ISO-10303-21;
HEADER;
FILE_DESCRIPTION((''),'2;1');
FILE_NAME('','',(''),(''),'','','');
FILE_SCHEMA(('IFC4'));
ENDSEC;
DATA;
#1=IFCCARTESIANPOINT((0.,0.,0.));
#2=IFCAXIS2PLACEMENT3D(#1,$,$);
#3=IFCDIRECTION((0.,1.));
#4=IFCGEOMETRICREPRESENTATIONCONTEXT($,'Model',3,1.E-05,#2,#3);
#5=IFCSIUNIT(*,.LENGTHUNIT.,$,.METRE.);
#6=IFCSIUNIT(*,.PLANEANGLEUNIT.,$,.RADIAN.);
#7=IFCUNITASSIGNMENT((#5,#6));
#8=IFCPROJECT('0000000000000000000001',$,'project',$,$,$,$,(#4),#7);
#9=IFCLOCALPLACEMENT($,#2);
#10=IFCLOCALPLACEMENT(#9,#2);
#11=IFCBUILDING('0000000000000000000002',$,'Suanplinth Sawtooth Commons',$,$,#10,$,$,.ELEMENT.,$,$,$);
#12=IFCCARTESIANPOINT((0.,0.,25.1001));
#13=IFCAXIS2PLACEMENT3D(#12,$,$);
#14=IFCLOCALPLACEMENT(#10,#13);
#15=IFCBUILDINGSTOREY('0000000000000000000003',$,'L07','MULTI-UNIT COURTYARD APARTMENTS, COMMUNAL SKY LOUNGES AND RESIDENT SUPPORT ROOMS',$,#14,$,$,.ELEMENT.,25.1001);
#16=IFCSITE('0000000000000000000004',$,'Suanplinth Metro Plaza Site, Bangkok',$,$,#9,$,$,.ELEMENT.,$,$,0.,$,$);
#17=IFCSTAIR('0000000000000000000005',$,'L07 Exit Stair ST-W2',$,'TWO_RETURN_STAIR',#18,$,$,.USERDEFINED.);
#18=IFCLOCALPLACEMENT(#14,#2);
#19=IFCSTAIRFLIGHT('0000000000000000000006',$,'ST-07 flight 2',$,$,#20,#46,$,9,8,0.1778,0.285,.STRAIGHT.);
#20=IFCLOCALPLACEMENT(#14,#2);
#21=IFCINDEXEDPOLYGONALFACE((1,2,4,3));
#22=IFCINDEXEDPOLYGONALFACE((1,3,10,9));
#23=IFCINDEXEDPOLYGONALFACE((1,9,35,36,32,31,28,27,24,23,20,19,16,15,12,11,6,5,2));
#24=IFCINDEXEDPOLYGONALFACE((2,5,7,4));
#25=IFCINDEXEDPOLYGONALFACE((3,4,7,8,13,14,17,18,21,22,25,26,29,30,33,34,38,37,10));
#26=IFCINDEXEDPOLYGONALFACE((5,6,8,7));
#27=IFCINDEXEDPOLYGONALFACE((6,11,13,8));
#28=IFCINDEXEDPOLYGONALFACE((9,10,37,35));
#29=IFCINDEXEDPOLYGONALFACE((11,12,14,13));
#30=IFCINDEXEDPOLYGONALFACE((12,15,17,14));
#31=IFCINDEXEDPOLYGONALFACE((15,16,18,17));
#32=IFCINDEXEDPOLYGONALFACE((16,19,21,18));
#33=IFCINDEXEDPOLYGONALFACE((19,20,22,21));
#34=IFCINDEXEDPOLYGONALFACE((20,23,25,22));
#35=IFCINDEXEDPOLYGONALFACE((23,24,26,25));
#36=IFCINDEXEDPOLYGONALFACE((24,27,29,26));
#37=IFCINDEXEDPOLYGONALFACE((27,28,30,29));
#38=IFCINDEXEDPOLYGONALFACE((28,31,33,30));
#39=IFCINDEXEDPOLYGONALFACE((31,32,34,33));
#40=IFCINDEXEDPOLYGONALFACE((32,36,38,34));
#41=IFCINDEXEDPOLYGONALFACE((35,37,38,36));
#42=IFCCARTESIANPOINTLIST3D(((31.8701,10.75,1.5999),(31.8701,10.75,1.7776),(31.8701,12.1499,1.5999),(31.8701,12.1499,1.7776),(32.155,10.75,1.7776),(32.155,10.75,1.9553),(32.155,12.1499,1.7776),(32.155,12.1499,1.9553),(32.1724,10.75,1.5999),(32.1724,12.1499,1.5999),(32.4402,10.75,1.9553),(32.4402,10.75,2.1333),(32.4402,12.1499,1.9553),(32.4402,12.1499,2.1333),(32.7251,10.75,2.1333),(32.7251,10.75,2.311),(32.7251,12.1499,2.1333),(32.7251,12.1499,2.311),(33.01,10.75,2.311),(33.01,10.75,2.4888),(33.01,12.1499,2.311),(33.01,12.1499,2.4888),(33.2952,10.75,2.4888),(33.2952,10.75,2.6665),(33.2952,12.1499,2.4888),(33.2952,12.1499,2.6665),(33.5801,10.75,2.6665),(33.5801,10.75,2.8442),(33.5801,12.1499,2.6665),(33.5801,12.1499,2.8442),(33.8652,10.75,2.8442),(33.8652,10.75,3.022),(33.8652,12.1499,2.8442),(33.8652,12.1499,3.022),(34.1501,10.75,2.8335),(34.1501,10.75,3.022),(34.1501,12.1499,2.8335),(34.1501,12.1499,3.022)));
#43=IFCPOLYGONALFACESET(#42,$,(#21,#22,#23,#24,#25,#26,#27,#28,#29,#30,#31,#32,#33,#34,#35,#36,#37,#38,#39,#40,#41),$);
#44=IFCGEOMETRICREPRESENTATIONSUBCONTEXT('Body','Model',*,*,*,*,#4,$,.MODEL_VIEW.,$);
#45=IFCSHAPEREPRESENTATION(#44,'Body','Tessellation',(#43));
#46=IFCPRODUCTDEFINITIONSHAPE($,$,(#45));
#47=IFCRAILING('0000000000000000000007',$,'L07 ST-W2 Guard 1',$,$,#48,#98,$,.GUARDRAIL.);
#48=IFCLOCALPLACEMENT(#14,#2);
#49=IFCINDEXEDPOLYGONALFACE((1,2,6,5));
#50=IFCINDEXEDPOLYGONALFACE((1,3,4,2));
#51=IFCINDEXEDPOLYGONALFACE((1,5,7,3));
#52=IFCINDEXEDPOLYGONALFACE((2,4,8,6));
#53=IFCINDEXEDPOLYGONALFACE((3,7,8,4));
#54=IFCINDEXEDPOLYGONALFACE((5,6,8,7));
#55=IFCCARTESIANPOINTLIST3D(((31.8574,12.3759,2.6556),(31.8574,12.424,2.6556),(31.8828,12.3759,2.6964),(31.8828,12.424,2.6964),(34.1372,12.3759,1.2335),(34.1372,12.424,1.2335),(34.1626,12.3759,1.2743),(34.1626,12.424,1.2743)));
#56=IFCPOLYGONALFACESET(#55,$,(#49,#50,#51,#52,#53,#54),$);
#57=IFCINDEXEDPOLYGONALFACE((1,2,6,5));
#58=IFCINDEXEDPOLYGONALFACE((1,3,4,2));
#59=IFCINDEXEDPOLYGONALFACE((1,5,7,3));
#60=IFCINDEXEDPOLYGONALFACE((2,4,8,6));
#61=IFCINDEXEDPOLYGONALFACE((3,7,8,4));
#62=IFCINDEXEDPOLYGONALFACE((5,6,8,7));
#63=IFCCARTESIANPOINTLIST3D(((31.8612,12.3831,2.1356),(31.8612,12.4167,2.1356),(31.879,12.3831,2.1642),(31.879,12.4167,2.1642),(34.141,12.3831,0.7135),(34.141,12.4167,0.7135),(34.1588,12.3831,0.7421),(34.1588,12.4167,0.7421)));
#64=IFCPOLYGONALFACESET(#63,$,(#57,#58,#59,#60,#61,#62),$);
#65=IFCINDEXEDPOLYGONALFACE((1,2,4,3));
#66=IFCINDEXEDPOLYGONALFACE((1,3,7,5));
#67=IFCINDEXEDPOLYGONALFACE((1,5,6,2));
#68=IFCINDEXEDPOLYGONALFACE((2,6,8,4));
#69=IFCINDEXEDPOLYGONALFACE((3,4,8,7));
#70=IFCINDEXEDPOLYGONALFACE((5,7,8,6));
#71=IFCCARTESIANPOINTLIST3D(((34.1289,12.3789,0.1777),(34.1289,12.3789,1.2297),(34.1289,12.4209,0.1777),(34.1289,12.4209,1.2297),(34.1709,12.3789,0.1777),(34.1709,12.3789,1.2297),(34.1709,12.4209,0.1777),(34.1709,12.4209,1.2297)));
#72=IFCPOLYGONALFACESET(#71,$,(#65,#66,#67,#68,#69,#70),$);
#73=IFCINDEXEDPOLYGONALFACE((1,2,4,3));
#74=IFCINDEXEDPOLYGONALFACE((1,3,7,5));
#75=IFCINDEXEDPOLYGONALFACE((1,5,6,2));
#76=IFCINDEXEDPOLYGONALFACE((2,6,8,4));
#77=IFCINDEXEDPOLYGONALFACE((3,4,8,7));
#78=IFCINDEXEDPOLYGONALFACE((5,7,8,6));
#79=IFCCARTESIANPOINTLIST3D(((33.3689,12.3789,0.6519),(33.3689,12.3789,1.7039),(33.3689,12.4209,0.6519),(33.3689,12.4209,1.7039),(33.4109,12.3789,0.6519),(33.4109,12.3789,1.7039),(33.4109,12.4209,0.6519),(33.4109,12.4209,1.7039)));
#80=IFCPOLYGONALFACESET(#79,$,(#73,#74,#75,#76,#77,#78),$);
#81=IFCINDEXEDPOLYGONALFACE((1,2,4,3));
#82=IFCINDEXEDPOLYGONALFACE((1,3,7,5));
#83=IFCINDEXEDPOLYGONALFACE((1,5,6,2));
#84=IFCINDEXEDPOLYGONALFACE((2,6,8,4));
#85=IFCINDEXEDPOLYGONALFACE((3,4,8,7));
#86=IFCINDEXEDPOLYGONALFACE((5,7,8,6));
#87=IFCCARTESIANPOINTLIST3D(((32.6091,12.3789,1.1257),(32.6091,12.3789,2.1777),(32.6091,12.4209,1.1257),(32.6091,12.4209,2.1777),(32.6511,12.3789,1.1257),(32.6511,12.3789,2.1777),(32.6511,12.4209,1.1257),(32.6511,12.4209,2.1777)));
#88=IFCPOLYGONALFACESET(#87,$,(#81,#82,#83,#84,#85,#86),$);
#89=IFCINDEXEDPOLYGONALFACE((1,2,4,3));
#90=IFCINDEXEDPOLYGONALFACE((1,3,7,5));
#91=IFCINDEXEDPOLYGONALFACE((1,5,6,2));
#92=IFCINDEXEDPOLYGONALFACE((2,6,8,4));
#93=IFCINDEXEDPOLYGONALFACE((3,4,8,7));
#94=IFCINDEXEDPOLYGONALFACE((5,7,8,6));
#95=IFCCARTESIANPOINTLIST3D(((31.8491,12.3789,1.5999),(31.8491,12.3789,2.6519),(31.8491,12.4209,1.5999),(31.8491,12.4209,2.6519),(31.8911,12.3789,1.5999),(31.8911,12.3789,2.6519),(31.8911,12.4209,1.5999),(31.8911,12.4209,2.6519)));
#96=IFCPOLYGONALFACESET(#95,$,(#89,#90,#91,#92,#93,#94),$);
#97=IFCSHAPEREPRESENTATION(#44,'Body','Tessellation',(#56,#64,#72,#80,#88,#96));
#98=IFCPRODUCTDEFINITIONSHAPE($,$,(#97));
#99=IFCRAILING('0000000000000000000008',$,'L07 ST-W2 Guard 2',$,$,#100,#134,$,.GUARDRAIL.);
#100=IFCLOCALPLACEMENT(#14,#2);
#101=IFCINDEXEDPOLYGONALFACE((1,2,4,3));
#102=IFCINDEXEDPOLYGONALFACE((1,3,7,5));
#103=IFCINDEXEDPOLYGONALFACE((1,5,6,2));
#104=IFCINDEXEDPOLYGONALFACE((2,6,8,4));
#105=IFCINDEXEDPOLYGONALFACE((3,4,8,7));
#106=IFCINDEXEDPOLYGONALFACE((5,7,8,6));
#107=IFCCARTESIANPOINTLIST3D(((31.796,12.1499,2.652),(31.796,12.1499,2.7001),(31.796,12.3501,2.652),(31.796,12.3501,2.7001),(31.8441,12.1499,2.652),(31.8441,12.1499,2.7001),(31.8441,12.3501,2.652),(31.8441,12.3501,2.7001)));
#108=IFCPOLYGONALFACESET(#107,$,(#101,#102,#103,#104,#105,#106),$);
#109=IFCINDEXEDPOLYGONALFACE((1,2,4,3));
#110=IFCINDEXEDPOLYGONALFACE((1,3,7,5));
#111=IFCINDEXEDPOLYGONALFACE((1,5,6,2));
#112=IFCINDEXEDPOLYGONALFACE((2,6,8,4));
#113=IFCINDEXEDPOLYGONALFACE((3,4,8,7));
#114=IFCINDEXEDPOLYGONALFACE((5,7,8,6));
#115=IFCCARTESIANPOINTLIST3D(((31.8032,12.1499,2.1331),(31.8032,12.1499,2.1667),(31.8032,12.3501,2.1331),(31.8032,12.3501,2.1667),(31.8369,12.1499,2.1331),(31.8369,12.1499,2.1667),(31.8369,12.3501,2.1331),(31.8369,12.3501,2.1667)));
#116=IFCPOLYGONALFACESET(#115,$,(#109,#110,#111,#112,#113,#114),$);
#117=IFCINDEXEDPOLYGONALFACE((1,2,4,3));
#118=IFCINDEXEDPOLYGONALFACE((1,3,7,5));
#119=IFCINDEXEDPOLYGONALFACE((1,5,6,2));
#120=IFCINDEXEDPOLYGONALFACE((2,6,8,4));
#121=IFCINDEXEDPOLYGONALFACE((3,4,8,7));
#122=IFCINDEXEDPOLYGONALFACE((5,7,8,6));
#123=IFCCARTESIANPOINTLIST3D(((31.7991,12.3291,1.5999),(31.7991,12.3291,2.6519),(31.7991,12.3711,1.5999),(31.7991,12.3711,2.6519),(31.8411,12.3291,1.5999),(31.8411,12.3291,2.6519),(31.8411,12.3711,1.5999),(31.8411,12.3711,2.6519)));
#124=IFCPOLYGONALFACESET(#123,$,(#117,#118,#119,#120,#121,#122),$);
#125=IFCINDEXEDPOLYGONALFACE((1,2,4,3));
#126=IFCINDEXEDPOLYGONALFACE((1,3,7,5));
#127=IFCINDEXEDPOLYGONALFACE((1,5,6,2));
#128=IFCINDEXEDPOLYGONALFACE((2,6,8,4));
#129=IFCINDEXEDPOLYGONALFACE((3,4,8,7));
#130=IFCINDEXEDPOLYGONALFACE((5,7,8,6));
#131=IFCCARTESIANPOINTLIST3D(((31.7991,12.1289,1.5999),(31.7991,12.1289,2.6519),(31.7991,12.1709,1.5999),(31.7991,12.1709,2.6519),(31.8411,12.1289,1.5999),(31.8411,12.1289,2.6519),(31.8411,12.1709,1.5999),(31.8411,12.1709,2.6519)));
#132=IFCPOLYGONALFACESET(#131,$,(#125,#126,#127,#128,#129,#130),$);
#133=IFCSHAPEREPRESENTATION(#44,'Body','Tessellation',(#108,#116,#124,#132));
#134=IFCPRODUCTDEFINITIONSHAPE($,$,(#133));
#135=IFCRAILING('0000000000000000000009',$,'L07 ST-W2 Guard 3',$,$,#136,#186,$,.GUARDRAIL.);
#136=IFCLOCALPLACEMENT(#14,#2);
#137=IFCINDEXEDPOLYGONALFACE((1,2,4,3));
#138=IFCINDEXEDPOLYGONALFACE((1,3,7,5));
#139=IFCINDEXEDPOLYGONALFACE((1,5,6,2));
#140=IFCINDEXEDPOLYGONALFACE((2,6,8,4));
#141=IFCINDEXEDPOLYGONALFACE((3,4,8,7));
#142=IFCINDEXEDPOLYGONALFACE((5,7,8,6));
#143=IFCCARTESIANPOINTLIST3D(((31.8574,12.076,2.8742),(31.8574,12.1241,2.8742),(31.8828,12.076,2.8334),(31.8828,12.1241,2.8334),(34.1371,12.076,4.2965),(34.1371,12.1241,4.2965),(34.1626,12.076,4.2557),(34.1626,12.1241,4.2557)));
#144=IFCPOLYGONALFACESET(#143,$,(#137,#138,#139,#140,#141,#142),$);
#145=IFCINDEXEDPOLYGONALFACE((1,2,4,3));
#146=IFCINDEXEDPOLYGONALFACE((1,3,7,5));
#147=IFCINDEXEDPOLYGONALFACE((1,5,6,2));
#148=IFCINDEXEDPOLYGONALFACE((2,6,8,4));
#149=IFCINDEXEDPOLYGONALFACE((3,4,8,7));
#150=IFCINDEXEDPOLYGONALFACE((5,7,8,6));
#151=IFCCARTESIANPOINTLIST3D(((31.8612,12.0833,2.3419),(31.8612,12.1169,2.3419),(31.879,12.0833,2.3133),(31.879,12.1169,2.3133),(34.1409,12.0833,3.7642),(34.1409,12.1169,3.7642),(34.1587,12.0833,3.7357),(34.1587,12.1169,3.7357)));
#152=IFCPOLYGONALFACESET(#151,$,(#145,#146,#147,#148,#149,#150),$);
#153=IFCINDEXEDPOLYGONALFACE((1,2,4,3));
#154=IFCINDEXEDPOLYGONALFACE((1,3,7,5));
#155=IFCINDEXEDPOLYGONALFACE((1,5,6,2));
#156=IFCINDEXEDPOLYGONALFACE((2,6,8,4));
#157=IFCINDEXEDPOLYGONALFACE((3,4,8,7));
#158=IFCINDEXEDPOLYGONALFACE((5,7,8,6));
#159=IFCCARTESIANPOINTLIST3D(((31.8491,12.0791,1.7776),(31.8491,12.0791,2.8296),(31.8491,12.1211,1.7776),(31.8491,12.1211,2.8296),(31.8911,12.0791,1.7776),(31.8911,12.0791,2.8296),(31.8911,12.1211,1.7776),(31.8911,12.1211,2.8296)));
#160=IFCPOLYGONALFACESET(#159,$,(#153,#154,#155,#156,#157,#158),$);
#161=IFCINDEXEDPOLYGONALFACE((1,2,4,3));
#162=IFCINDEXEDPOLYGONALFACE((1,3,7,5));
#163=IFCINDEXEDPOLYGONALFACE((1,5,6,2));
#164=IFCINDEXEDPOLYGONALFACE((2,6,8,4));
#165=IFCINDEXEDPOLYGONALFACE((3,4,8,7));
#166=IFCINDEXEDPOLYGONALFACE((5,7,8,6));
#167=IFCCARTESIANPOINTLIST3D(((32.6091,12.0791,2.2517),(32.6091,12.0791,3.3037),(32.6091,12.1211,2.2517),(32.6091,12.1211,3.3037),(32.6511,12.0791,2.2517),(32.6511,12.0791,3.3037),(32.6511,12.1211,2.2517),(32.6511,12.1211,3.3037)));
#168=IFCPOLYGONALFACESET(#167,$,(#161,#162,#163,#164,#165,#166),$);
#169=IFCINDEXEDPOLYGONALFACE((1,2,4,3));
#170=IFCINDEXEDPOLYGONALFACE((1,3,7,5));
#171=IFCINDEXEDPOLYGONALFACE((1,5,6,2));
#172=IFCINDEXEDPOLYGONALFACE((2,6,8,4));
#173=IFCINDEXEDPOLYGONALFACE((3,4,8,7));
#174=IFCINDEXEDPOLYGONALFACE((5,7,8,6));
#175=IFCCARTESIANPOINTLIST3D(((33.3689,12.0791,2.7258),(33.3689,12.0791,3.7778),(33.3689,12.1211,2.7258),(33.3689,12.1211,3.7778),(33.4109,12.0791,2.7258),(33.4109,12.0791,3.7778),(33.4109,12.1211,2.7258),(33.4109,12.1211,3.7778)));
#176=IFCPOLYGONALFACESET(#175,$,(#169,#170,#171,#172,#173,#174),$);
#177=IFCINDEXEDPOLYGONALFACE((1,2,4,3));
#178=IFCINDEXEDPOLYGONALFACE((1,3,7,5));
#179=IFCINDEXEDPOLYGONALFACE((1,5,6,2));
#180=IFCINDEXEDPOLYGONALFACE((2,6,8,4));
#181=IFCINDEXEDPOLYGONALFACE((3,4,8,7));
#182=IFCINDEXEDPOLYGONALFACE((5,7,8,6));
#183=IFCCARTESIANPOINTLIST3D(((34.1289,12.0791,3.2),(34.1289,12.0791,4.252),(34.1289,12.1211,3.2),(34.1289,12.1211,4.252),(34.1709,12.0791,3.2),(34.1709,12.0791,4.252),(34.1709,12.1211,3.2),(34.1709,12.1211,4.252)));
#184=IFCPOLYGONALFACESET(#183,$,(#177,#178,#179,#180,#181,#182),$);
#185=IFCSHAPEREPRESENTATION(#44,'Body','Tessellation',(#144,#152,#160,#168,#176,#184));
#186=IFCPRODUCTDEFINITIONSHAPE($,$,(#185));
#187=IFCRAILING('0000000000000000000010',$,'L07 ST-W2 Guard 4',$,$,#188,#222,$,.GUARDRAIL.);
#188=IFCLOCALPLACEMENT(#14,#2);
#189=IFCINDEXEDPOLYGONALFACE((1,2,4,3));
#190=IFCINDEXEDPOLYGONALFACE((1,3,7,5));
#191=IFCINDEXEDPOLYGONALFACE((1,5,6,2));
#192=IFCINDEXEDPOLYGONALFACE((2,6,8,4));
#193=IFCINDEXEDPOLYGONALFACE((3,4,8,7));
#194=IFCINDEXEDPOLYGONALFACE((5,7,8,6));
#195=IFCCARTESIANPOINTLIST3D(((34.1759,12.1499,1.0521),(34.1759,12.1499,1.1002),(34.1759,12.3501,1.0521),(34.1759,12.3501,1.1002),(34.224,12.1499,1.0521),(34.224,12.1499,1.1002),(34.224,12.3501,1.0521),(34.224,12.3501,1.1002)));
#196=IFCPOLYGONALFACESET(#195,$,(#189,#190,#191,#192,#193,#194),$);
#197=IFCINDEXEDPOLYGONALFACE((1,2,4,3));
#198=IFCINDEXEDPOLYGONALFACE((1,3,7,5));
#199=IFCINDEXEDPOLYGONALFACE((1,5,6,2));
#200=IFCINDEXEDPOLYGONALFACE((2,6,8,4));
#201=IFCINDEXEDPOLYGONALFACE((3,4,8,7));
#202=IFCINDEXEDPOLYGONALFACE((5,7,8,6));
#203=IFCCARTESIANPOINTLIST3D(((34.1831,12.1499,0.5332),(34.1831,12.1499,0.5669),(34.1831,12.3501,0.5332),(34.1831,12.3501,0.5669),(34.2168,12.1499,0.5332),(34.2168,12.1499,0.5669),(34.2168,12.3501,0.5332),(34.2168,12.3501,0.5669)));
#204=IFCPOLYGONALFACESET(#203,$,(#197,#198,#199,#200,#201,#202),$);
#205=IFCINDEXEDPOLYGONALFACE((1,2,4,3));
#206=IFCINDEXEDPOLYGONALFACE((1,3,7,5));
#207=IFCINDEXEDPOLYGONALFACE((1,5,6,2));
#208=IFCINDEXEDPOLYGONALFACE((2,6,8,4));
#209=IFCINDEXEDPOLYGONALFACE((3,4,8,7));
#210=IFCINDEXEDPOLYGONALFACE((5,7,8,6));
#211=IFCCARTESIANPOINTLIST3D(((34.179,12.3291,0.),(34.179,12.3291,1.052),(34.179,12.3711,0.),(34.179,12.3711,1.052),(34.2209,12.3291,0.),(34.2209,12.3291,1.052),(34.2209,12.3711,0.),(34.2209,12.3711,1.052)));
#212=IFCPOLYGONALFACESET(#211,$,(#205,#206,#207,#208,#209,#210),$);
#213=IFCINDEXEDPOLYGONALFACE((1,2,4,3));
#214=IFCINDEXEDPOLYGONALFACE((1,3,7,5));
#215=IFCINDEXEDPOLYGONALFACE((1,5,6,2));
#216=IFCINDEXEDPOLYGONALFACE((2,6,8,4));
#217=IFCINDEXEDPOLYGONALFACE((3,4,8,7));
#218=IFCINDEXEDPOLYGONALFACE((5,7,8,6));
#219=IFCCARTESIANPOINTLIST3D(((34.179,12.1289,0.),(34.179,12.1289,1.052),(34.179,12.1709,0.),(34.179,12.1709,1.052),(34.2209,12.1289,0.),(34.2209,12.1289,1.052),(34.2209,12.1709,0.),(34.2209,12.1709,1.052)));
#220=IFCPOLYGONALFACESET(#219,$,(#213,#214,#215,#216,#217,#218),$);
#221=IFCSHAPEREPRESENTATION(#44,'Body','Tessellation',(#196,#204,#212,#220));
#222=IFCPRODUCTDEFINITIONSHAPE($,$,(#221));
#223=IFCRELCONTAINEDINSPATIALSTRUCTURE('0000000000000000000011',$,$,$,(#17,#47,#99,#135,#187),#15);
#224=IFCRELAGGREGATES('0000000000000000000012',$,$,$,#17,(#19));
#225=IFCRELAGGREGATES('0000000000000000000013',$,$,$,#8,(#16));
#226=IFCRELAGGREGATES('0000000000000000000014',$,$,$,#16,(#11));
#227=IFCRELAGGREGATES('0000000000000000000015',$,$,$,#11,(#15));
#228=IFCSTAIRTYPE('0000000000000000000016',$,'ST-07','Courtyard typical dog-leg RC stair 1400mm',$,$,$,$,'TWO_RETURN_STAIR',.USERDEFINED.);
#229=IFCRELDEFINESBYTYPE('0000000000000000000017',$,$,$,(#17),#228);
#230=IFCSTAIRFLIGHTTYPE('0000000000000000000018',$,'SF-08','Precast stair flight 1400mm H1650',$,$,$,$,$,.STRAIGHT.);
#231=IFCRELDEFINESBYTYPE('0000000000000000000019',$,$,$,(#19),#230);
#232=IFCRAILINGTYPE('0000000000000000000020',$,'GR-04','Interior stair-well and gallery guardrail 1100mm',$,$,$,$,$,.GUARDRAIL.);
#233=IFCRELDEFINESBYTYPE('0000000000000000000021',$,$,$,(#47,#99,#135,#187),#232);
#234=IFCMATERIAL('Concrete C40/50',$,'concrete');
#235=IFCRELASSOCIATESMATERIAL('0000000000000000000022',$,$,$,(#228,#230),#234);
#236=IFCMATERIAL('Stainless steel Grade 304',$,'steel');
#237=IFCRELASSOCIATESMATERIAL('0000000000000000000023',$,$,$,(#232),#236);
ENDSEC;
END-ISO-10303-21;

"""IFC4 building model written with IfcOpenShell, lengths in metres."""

from ifc_helpers import new_model, si_unit, direction, frame, origin, origin_2d, place, context, subcontext, project, spatial, polyline, rectangle, outline, extrude, material, type_object, element, aggregate, save


model = new_model("IFC4")

# Units and contexts
model_context = context("Model", 3, precision=1e-05, world=origin(), true_north=direction((0.0, 1.0)))
body_context = subcontext(model_context, "Body", "Model", "MODEL_VIEW")
ifc_project = project(units=[si_unit("LENGTHUNIT", "METRE"), si_unit("PLANEANGLEUNIT", "RADIAN")], contexts=[model_context])

# Site, building, storey
site_placement = place(None, origin())
site = spatial("IfcSite", under=ifc_project, at=site_placement, Name="Suanplinth Metro Plaza Site, Bangkok", CompositionType="ELEMENT", RefElevation=0.0)
building_placement = place(site_placement, origin())
building = spatial("IfcBuilding", under=site, at=building_placement, Name="Suanplinth Sawtooth Commons", CompositionType="ELEMENT")
storey_placement = place(building_placement, frame((0.0, 0.0, 25.1001)))
storey = spatial("IfcBuildingStorey", under=building, at=storey_placement, Name="L07", Description="MULTI-UNIT COURTYARD APARTMENTS, COMMUNAL SKY LOUNGES AND RESIDENT SUPPORT ROOMS", CompositionType="ELEMENT", Elevation=25.1001)

# Shared definitions
ifc_material_1 = material(Name="Concrete C40/50", Category="concrete")

# Stair, stair flight
stair_type = type_object("IfcStairType", Name="ST-07", Description="Courtyard typical dog-leg RC stair 1400mm", ElementType="TWO_RETURN_STAIR", PredefinedType="USERDEFINED", material=ifc_material_1)
stair_placement = place(storey_placement, origin())
stair = element("IfcStair", 1, at=stair_placement, inside=storey, type_object=stair_type, Name="L07 Exit Stair ST-W2", ObjectType="TWO_RETURN_STAIR", PredefinedType="USERDEFINED")
stair_flight_type = type_object("IfcStairFlightType", Name="SF-08", Description="Precast stair flight 1400mm H1650", PredefinedType="STRAIGHT", material=ifc_material_1)
stair_flight_1_placement = place(storey_placement, frame((31.8701, 11.45, 1.5999), z_axis=(0.0, 0.0, 1.0), x_axis=(1.0, 0.0, 0.0)))
stair_flight_1 = element("IfcStairFlight", 2, at=stair_flight_1_placement, type_object=stair_flight_type, Name="ST-07 flight 2", NumberOfRisers=9, NumberOfTreads=8, PredefinedType="STRAIGHT", RiserHeight=0.1778, TreadLength=0.285, context=body_context, shape_type="SweptSolid", body=[
    extrude(outline(polyline([(0.0, 0.0), (0.0, 0.1777), (0.2849, 0.1777), (0.2849, 0.3555), (0.5701, 0.3555), (0.5701, 0.5334), (0.855, 0.5334), (0.855, 0.7112), (1.1399, 0.7112), (1.1399, 0.8889), (1.425, 0.8889), (1.425, 1.0667), (1.71, 1.0667), (1.71, 1.2444), (1.9951, 1.2444), (1.9951, 1.4221), (2.28, 1.4221), (2.28, 1.6001), (2.28, 1.2336), (0.3022, 0.0), (0.0, 0.0)])), frame((0.0, 0.7, 0.0), z_axis=(0.0, -1.0, 0.0), x_axis=(1.0, 0.0, 0.0)), (0.0, 0.0, 1.0), 1.3999),
])
aggregate(stair, [stair_flight_1])

# Railings
ifc_material_2 = material(Name="Stainless steel Grade 304", Category="steel")
railing_type_1 = type_object("IfcRailingType", Name="GR-04", Description="Interior stair-well and gallery guardrail 1100mm", PredefinedType="GUARDRAIL", material=ifc_material_2)
railing_1_placement = place(storey_placement, frame((34.1499, 12.3999, 0.1777)))
element("IfcRailing", 3, at=railing_1_placement, inside=storey, type_object=railing_type_1, Name="L07 ST-W2 Guard 1", PredefinedType="GUARDRAIL", context=body_context, shape_type="SweptSolid", body=[
    extrude(rectangle(XDim=0.0481, YDim=0.0481, at=origin_2d()), frame((0.0, 0.0, 1.0762), z_axis=(-0.848457, 0.0, 0.529264), x_axis=(0.0, -1.0, 0.0)), (0.0, 0.0, 1.0), 2.687),
    extrude(rectangle(XDim=0.0337, YDim=0.0337, at=origin_2d()), frame((0.0, 0.0, 0.55), z_axis=(-0.848457, 0.0, 0.529264), x_axis=(0.0, -1.0, 0.0)), (0.0, 0.0, 1.0), 2.687),
    extrude(rectangle(XDim=0.042, YDim=0.042, at=origin_2d()), origin(), (0.0, 0.0, 1.0), 1.052),
    extrude(rectangle(XDim=0.042, YDim=0.042, at=origin_2d()), frame((-0.76, 0.0, 0.4741)), (0.0, 0.0, 1.0), 1.052),
    extrude(rectangle(XDim=0.042, YDim=0.042, at=origin_2d()), frame((-1.5198, 0.0, 0.948)), (0.0, 0.0, 1.0), 1.052),
    extrude(rectangle(XDim=0.042, YDim=0.042, at=origin_2d()), frame((-2.2798, 0.0, 1.4221)), (0.0, 0.0, 1.0), 1.052),
])
railing_2_placement = place(storey_placement, frame((31.8201, 12.3501, 1.5999)))
element("IfcRailing", 4, at=railing_2_placement, inside=storey, type_object=railing_type_1, Name="L07 ST-W2 Guard 2", PredefinedType="GUARDRAIL", context=body_context, shape_type="SweptSolid", body=[
    extrude(rectangle(XDim=0.0481, YDim=0.0481, at=origin_2d()), frame((0.0, 0.0, 1.0762), z_axis=(0.0, -1.0, 0.0), x_axis=(1.0, 0.0, 0.0)), (0.0, 0.0, 1.0), 0.2002),
    extrude(rectangle(XDim=0.0337, YDim=0.0337, at=origin_2d()), frame((0.0, 0.0, 0.55), z_axis=(0.0, -1.0, 0.0), x_axis=(1.0, 0.0, 0.0)), (0.0, 0.0, 1.0), 0.2002),
    extrude(rectangle(XDim=0.042, YDim=0.042, at=origin_2d()), origin(), (0.0, 0.0, 1.0), 1.052),
    extrude(rectangle(XDim=0.042, YDim=0.042, at=origin_2d()), frame((0.0, -0.2002, 0.0)), (0.0, 0.0, 1.0), 1.052),
])
railing_3_placement = place(storey_placement, frame((31.8701, 12.1001, 1.7776)))
element("IfcRailing", 5, at=railing_3_placement, inside=storey, type_object=railing_type_1, Name="L07 ST-W2 Guard 3", PredefinedType="GUARDRAIL", context=body_context, shape_type="SweptSolid", body=[
    extrude(rectangle(XDim=0.0481, YDim=0.0481, at=origin_2d()), frame((0.0, 0.0, 1.0762), z_axis=(0.848417, 0.0, 0.529329), x_axis=(0.0, 1.0, 0.0)), (0.0, 0.0, 1.0), 2.687),
    extrude(rectangle(XDim=0.0337, YDim=0.0337, at=origin_2d()), frame((0.0, 0.0, 0.55), z_axis=(0.848417, 0.0, 0.529329), x_axis=(0.0, 1.0, 0.0)), (0.0, 0.0, 1.0), 2.687),
    extrude(rectangle(XDim=0.042, YDim=0.042, at=origin_2d()), origin(), (0.0, 0.0, 1.0), 1.052),
    extrude(rectangle(XDim=0.042, YDim=0.042, at=origin_2d()), frame((0.76, 0.0, 0.4741)), (0.0, 0.0, 1.0), 1.052),
    extrude(rectangle(XDim=0.042, YDim=0.042, at=origin_2d()), frame((1.5198, 0.0, 0.9482)), (0.0, 0.0, 1.0), 1.052),
    extrude(rectangle(XDim=0.042, YDim=0.042, at=origin_2d()), frame((2.2798, 0.0, 1.4224)), (0.0, 0.0, 1.0), 1.052),
])
railing_4_placement = place(storey_placement, frame((34.2, 12.3501, 0.0)))
element("IfcRailing", 6, at=railing_4_placement, inside=storey, type_object=railing_type_1, Name="L07 ST-W2 Guard 4", PredefinedType="GUARDRAIL", context=body_context, shape_type="SweptSolid", body=[
    extrude(rectangle(XDim=0.0481, YDim=0.0481, at=origin_2d()), frame((0.0, 0.0, 1.0762), z_axis=(0.0, -1.0, 0.0), x_axis=(1.0, 0.0, 0.0)), (0.0, 0.0, 1.0), 0.2002),
    extrude(rectangle(XDim=0.0337, YDim=0.0337, at=origin_2d()), frame((0.0, 0.0, 0.55), z_axis=(0.0, -1.0, 0.0), x_axis=(1.0, 0.0, 0.0)), (0.0, 0.0, 1.0), 0.2002),
    extrude(rectangle(XDim=0.042, YDim=0.042, at=origin_2d()), origin(), (0.0, 0.0, 1.0), 1.052),
    extrude(rectangle(XDim=0.042, YDim=0.042, at=origin_2d()), frame((0.0, -0.2002, 0.0)), (0.0, 0.0, 1.0), 1.052),
])

save(model, "model.ifc")
